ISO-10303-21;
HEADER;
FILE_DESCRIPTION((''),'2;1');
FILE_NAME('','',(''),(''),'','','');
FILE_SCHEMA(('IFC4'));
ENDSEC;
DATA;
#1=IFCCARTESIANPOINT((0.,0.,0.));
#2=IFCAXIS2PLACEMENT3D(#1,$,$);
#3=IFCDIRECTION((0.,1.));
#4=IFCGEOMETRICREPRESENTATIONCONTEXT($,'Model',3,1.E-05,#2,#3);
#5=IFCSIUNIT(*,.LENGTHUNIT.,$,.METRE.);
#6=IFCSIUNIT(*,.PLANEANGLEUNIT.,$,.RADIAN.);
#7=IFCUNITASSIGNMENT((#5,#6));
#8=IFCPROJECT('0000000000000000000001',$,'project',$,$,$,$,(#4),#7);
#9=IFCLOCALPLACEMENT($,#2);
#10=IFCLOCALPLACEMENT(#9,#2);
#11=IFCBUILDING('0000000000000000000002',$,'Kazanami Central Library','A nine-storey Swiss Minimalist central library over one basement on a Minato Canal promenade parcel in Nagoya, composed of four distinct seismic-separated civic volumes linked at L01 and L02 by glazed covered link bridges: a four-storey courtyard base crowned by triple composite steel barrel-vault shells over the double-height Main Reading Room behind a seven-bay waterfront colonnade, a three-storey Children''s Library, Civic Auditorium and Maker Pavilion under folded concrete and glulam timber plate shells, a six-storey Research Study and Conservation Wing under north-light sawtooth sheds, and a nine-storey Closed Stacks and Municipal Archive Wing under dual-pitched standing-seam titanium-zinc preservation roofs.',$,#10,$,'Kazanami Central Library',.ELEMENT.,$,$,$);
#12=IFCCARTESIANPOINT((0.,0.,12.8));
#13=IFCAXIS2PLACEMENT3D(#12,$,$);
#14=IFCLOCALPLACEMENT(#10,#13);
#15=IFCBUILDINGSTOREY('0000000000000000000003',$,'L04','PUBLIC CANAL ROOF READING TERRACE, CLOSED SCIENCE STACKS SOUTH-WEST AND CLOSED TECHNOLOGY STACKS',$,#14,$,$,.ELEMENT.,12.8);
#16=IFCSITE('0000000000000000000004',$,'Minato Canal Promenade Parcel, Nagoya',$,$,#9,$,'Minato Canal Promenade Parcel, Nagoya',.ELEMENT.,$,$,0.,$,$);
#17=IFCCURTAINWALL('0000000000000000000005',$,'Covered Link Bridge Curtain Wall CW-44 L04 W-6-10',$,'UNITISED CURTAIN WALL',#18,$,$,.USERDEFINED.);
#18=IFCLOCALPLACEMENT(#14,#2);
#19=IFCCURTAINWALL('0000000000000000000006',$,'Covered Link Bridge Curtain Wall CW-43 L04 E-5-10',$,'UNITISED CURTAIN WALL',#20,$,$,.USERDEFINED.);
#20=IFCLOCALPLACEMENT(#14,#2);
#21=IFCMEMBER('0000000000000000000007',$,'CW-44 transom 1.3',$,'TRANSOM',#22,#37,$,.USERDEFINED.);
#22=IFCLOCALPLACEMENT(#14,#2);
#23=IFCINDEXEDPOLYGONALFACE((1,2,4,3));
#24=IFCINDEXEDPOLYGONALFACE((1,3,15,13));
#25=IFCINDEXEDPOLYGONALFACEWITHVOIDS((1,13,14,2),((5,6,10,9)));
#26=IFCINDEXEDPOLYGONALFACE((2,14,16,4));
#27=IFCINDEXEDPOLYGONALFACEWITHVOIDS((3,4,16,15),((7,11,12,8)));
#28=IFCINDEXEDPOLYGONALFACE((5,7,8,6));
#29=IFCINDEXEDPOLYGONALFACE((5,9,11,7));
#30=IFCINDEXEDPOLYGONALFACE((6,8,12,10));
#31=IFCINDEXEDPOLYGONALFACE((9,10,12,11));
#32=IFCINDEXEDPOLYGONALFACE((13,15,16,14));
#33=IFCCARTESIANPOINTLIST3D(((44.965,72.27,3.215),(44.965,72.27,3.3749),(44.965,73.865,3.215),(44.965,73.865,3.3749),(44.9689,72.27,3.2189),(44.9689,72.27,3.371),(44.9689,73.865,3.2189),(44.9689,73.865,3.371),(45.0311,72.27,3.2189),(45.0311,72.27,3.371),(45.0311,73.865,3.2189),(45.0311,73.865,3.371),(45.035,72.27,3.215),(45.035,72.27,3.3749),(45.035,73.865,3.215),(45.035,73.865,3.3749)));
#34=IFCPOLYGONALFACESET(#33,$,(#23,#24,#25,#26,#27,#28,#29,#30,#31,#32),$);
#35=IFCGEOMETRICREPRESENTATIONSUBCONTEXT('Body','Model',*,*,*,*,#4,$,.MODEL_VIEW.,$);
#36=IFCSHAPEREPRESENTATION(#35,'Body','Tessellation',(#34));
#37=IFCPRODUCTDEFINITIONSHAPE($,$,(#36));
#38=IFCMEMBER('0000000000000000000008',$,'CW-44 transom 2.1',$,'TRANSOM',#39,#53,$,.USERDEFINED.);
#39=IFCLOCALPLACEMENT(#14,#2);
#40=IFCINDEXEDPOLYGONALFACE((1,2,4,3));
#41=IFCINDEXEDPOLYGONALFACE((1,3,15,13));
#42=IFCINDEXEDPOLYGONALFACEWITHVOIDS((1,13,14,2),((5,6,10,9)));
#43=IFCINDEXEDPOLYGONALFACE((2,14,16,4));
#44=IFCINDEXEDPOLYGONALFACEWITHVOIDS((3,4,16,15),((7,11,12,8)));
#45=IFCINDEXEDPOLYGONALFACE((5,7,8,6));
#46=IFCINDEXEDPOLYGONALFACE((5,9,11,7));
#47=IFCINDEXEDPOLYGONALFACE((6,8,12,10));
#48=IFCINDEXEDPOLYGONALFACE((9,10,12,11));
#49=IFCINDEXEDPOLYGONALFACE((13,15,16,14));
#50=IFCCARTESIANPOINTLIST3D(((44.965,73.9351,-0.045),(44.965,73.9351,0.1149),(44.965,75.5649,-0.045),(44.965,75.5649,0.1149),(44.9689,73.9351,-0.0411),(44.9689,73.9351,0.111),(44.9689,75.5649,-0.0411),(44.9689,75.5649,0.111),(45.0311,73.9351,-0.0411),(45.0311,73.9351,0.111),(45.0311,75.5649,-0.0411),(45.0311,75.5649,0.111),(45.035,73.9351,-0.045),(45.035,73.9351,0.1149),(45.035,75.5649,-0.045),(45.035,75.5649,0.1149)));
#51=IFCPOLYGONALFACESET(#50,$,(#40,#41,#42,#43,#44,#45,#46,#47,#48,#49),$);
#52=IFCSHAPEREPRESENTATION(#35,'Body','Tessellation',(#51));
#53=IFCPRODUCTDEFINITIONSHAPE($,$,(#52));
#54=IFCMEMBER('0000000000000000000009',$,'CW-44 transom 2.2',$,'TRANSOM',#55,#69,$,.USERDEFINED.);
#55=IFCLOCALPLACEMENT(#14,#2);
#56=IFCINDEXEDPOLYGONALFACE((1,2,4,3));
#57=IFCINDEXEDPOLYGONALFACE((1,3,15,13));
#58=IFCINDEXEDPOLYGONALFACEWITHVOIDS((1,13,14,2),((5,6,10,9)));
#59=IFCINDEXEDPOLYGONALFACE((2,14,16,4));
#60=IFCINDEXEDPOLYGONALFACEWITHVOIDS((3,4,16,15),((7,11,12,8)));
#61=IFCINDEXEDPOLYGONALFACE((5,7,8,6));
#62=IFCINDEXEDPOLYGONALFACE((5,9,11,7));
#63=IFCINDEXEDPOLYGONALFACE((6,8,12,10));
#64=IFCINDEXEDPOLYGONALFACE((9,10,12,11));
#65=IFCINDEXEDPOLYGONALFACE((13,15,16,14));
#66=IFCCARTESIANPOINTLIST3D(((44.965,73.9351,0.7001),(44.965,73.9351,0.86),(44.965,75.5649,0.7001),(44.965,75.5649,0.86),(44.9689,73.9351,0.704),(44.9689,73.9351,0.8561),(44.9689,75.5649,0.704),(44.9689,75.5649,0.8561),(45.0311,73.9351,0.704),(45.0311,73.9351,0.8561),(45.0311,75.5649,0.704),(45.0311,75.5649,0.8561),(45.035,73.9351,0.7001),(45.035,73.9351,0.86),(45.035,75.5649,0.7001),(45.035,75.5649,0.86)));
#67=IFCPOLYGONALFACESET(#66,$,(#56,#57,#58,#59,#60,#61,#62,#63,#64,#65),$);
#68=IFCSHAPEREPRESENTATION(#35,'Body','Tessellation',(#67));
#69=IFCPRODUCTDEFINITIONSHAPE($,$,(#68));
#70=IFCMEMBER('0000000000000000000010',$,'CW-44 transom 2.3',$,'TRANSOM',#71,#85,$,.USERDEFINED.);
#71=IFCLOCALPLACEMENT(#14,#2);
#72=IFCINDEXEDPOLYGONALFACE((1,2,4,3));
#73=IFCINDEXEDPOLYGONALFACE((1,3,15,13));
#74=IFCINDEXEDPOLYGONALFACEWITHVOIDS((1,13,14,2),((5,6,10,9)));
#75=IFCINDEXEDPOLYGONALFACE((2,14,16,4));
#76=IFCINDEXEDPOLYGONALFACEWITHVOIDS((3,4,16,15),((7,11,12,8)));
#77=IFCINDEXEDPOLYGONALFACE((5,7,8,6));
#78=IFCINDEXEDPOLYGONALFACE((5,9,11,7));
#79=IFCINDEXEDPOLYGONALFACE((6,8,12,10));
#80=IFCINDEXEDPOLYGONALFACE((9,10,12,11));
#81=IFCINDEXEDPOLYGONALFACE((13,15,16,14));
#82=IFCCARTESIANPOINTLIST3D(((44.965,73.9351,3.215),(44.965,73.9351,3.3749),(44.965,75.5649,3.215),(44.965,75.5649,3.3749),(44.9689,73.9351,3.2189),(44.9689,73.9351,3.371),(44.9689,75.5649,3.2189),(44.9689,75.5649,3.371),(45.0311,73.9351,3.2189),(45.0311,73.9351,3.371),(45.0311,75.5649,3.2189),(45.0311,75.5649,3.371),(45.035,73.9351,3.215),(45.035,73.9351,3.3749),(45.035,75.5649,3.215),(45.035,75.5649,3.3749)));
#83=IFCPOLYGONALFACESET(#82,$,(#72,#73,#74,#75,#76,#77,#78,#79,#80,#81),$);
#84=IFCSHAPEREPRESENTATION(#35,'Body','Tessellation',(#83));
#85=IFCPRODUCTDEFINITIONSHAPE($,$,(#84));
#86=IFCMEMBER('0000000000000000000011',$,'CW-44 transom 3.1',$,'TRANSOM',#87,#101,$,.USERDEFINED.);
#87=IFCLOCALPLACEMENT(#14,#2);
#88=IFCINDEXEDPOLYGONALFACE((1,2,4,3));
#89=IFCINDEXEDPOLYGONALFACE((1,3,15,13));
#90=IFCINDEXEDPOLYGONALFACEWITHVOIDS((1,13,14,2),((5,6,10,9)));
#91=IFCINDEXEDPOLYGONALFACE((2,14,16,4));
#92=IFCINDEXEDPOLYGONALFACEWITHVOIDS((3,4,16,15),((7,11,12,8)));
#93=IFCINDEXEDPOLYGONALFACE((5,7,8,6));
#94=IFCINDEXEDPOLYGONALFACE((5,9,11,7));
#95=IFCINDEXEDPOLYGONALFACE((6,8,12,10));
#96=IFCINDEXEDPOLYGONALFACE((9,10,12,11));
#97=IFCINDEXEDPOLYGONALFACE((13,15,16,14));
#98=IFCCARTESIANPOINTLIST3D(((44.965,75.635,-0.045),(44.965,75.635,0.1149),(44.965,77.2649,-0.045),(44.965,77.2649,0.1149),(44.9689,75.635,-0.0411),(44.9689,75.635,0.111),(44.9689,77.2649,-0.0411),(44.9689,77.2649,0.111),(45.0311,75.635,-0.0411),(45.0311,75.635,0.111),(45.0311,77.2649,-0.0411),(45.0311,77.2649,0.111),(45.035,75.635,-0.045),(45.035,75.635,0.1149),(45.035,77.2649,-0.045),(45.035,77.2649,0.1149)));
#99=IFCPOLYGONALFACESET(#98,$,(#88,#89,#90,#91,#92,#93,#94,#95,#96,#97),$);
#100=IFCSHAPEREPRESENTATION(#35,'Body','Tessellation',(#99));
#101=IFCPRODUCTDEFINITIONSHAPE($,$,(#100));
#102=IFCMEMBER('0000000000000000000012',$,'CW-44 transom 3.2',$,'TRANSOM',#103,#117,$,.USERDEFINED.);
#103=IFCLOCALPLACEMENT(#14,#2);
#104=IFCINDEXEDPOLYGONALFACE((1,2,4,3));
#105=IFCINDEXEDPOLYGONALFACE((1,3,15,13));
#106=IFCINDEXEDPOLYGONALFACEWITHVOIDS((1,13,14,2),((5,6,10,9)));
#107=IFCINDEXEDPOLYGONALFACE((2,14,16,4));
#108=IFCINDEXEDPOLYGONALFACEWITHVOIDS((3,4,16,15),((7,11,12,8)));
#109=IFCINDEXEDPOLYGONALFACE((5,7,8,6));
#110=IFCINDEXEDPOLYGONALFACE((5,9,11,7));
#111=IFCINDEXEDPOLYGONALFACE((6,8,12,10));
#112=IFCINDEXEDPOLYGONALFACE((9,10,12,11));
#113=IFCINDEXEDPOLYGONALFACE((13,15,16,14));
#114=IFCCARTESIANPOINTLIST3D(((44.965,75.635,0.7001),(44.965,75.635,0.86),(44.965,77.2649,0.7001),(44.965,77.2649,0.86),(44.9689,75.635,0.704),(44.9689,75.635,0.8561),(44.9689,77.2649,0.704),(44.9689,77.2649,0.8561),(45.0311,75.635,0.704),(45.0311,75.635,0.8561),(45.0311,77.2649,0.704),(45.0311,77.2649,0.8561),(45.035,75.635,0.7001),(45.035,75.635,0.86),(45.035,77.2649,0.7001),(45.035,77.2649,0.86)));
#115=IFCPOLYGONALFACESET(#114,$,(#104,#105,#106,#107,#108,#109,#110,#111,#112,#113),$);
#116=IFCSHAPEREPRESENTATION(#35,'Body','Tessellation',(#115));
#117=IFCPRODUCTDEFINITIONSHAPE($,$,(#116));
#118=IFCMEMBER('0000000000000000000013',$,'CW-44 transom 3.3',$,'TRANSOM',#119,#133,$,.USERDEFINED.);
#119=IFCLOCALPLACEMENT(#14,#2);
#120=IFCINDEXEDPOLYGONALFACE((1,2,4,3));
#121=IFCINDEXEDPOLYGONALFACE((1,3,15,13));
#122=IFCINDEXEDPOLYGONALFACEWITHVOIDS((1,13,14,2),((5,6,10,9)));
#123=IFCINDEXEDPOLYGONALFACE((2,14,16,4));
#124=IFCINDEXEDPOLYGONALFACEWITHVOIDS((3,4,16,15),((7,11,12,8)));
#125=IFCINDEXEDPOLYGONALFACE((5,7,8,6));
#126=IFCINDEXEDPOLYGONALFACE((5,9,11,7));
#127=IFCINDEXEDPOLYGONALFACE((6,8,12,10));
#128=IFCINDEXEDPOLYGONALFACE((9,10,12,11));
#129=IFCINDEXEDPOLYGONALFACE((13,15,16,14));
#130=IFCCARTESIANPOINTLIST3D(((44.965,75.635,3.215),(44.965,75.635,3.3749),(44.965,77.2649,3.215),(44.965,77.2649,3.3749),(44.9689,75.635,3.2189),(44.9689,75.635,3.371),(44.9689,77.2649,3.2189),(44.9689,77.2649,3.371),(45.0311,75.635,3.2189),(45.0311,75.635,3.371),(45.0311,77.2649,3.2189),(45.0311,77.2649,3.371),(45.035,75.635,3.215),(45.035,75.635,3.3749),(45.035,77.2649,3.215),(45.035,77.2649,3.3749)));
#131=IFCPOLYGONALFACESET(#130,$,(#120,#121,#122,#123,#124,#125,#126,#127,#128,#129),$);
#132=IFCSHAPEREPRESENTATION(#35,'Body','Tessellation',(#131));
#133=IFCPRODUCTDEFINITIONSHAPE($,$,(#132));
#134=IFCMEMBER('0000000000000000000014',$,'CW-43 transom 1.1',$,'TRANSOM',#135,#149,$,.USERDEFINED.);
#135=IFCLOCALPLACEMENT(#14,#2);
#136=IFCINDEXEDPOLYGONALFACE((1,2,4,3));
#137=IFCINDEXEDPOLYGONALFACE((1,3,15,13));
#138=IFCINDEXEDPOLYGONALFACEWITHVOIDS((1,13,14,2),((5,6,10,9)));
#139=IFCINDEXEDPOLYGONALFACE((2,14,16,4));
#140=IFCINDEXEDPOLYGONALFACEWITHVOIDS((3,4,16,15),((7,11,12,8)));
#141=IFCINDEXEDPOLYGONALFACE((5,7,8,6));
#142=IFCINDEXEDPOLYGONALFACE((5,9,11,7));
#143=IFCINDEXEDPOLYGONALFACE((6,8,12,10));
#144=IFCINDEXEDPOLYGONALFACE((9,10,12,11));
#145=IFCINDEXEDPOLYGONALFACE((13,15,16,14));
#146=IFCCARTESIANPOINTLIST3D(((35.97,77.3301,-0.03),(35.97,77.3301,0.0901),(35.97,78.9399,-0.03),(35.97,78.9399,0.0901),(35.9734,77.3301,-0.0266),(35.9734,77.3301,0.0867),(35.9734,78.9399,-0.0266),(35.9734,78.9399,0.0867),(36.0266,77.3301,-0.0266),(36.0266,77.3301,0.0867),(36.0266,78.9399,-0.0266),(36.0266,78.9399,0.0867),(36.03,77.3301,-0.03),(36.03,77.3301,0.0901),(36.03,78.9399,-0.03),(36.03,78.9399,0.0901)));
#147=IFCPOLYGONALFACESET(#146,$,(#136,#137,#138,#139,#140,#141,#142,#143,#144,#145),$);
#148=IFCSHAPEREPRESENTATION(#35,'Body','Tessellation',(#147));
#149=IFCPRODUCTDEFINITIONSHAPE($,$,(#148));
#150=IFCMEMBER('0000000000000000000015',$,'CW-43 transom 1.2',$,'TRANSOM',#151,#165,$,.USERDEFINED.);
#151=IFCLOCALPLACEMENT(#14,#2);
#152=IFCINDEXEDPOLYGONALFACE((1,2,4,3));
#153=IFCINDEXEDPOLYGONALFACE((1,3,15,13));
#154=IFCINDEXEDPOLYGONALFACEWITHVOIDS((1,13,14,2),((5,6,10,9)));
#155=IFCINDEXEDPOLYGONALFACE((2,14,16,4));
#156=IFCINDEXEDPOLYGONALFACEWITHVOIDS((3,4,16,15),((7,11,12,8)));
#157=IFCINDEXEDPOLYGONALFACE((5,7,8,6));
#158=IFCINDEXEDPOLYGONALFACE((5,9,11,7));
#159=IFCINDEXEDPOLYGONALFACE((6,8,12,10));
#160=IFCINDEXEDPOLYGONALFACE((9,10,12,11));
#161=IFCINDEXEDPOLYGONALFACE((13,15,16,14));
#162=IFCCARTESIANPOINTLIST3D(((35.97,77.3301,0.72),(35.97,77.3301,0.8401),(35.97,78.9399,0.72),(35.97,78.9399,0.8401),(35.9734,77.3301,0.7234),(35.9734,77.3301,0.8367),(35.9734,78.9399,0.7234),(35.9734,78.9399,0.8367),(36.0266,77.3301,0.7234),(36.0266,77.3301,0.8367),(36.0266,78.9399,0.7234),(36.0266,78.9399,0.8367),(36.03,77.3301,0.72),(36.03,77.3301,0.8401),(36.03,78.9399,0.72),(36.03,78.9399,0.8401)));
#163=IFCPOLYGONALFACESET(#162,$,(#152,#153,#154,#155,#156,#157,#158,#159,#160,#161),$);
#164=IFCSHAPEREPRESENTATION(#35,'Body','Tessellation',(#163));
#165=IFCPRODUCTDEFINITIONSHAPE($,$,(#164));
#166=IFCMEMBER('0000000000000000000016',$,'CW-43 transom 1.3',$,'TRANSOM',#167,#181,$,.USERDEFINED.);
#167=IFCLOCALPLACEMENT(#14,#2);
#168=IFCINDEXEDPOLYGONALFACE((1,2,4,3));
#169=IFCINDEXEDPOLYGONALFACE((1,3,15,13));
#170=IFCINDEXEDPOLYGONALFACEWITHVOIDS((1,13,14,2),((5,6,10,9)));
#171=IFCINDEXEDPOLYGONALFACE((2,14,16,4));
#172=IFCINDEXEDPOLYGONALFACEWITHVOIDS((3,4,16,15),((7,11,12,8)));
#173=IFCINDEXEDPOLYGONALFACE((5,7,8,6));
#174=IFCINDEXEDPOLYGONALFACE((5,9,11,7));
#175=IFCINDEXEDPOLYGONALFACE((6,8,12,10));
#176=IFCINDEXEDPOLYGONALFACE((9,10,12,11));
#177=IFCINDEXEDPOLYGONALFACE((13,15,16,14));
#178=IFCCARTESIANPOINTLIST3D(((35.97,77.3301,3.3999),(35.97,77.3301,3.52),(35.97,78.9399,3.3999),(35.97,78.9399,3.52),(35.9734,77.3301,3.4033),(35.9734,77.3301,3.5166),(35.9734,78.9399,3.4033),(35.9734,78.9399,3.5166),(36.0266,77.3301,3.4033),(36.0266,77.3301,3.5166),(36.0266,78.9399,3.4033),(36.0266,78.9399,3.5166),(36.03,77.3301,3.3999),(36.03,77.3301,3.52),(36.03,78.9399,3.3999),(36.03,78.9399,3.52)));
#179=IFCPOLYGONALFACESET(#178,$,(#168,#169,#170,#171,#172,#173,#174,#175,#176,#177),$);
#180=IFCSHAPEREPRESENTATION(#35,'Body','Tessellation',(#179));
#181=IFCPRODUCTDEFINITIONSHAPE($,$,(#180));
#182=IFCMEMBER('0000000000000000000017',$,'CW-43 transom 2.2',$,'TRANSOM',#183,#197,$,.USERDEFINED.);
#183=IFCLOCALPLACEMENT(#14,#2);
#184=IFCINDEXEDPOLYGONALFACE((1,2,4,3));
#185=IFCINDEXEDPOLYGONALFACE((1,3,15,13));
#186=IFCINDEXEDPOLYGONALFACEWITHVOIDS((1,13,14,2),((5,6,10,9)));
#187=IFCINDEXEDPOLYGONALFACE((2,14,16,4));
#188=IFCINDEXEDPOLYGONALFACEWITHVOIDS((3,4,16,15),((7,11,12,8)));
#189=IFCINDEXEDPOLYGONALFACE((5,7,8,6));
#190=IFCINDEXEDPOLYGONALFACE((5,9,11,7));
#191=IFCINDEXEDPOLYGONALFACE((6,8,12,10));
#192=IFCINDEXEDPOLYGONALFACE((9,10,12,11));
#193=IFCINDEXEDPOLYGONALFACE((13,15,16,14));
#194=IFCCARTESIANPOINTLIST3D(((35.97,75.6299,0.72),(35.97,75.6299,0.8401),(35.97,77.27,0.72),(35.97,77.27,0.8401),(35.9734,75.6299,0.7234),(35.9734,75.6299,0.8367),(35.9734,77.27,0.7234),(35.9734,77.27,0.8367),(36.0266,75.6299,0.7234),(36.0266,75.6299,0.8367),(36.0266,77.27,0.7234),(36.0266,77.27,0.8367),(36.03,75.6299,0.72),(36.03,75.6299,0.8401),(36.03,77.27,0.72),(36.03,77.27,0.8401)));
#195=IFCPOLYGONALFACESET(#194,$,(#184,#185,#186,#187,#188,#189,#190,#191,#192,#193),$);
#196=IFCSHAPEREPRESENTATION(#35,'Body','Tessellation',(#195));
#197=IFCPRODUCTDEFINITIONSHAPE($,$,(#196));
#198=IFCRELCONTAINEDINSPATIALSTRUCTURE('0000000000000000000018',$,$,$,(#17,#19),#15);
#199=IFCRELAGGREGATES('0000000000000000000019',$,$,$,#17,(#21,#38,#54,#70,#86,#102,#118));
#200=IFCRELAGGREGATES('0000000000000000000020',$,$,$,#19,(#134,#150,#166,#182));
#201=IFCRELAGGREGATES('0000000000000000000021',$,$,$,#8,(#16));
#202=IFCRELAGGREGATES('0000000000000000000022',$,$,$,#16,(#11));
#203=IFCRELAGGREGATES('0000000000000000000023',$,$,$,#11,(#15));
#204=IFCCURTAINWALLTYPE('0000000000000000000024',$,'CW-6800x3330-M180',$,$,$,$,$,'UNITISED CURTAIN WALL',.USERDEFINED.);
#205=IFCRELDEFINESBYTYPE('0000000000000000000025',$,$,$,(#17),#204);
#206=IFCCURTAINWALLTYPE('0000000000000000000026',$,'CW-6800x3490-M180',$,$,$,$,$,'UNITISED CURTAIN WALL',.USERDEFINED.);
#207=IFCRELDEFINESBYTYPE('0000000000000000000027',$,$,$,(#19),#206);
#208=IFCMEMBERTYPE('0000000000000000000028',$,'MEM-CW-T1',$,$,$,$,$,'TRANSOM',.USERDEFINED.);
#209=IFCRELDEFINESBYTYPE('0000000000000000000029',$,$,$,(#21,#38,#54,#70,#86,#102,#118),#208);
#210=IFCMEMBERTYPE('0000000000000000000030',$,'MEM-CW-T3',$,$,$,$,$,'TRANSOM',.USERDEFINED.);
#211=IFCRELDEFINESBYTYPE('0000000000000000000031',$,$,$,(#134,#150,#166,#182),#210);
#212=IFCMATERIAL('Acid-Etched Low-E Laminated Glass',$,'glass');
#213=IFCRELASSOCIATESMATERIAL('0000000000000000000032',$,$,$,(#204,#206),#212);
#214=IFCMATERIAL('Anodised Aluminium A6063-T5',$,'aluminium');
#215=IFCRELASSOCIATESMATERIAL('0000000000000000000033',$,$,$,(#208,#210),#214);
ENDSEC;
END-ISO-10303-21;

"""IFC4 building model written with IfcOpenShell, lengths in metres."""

from ifc_helpers import new_model, si_unit, direction, frame, origin, origin_2d, place, context, subcontext, project, spatial, hollow_rectangle, extrude, material, material_profile, profile_set, type_object, element, aggregate, save


model = new_model("IFC4")

# Units and contexts
model_context = context("Model", 3, precision=1e-05, world=origin(), true_north=direction((0.0, 1.0)))
body_context = subcontext(model_context, "Body", "Model", "MODEL_VIEW")
ifc_project = project(units=[si_unit("LENGTHUNIT", "METRE"), si_unit("PLANEANGLEUNIT", "RADIAN")], contexts=[model_context])

# Site, building, storey
site_placement = place(None, origin())
site = spatial("IfcSite", under=ifc_project, at=site_placement, Name="Minato Canal Promenade Parcel, Nagoya", LongName="Minato Canal Promenade Parcel, Nagoya", CompositionType="ELEMENT", RefElevation=0.0)
building_placement = place(site_placement, origin())
building = spatial("IfcBuilding", under=site, at=building_placement, Name="Kazanami Central Library", Description="A nine-storey Swiss Minimalist central library over one basement on a Minato Canal promenade parcel in Nagoya, composed of four distinct seismic-separated civic volumes linked at L01 and L02 by glazed covered link bridges: a four-storey courtyard base crowned by triple composite steel barrel-vault shells over the double-height Main Reading Room behind a seven-bay waterfront colonnade, a three-storey Children's Library, Civic Auditorium and Maker Pavilion under folded concrete and glulam timber plate shells, a six-storey Research Study and Conservation Wing under north-light sawtooth sheds, and a nine-storey Closed Stacks and Municipal Archive Wing under dual-pitched standing-seam titanium-zinc preservation roofs.", LongName="Kazanami Central Library", CompositionType="ELEMENT")
storey_placement = place(building_placement, frame((0.0, 0.0, 12.8)))
storey = spatial("IfcBuildingStorey", under=building, at=storey_placement, Name="L04", Description="PUBLIC CANAL ROOF READING TERRACE, CLOSED SCIENCE STACKS SOUTH-WEST AND CLOSED TECHNOLOGY STACKS", CompositionType="ELEMENT", Elevation=12.8)

# Curtain walls
ifc_material_1 = material(Name="Acid-Etched Low-E Laminated Glass", Category="glass")
curtain_wall_type_1 = type_object("IfcCurtainWallType", Name="CW-6800x3330-M180", ElementType="UNITISED CURTAIN WALL", PredefinedType="USERDEFINED", material=ifc_material_1)
curtain_wall_1_placement = place(storey_placement, origin())
curtain_wall_1 = element("IfcCurtainWall", 1, at=curtain_wall_1_placement, inside=storey, type_object=curtain_wall_type_1, Name="Covered Link Bridge Curtain Wall CW-44 L04 W-6-10", ObjectType="UNITISED CURTAIN WALL", PredefinedType="USERDEFINED")
ifc_material_2 = material(Name="Anodised Aluminium A6063-T5", Category="aluminium")
curtain_wall_type_2 = type_object("IfcCurtainWallType", Name="CW-6800x3490-M180", ElementType="UNITISED CURTAIN WALL", PredefinedType="USERDEFINED", material=ifc_material_1)
curtain_wall_2_placement = place(storey_placement, origin())
curtain_wall_2 = element("IfcCurtainWall", 2, at=curtain_wall_2_placement, inside=storey, type_object=curtain_wall_type_2, Name="Covered Link Bridge Curtain Wall CW-43 L04 E-5-10", ObjectType="UNITISED CURTAIN WALL", PredefinedType="USERDEFINED")

# Members
ifc_material_profile_1 = material_profile(ifc_material_2, hollow_rectangle(XDim=0.0701, YDim=0.1599, WallThickness=0.0039, at=origin_2d()), Name="ALU-TRAN-70x160x4")
ifc_profile_set_1 = profile_set([ifc_material_profile_1], Name="Anodised Aluminium A6063-T5")
member_type_1 = type_object("IfcMemberType", Name="MEM-CW-T1", ElementType="TRANSOM", PredefinedType="USERDEFINED", material=ifc_profile_set_1)
member_1_placement = place(storey_placement, frame((45.0, 72.27, 3.2949), z_axis=(0.0, 1.0, 0.0), x_axis=(-1.0, 0.0, 0.0)))
member_1 = element("IfcMember", 3, at=member_1_placement, type_object=member_type_1, Name="CW-44 transom 1.3", ObjectType="TRANSOM", PredefinedType="USERDEFINED", context=body_context, shape_type="SweptSolid", body=[
    extrude(hollow_rectangle(XDim=0.0701, YDim=0.1599, WallThickness=0.0039, at=origin_2d()), origin(), (0.0, 0.0, 1.0), 1.595),
])
member_2_placement = place(storey_placement, frame((45.0, 73.9351, 0.0349), z_axis=(0.0, 1.0, 0.0), x_axis=(-1.0, 0.0, 0.0)))
member_2 = element("IfcMember", 4, at=member_2_placement, type_object=member_type_1, Name="CW-44 transom 2.1", ObjectType="TRANSOM", PredefinedType="USERDEFINED", context=body_context, shape_type="SweptSolid", body=[
    extrude(hollow_rectangle(XDim=0.0701, YDim=0.1599, WallThickness=0.0039, at=origin_2d()), origin(), (0.0, 0.0, 1.0), 1.6299),
])
member_3_placement = place(storey_placement, frame((45.0, 73.9351, 0.78), z_axis=(0.0, 1.0, 0.0), x_axis=(-1.0, 0.0, 0.0)))
member_3 = element("IfcMember", 5, at=member_3_placement, type_object=member_type_1, Name="CW-44 transom 2.2", ObjectType="TRANSOM", PredefinedType="USERDEFINED", context=body_context, shape_type="SweptSolid", body=[
    extrude(hollow_rectangle(XDim=0.0701, YDim=0.1599, WallThickness=0.0039, at=origin_2d()), origin(), (0.0, 0.0, 1.0), 1.6299),
])
member_4_placement = place(storey_placement, frame((45.0, 73.9351, 3.2949), z_axis=(0.0, 1.0, 0.0), x_axis=(-1.0, 0.0, 0.0)))
member_4 = element("IfcMember", 6, at=member_4_placement, type_object=member_type_1, Name="CW-44 transom 2.3", ObjectType="TRANSOM", PredefinedType="USERDEFINED", context=body_context, shape_type="SweptSolid", body=[
    extrude(hollow_rectangle(XDim=0.0701, YDim=0.1599, WallThickness=0.0039, at=origin_2d()), origin(), (0.0, 0.0, 1.0), 1.6299),
])
member_5_placement = place(storey_placement, frame((45.0, 75.635, 0.0349), z_axis=(0.0, 1.0, 0.0), x_axis=(-1.0, 0.0, 0.0)))
member_5 = element("IfcMember", 7, at=member_5_placement, type_object=member_type_1, Name="CW-44 transom 3.1", ObjectType="TRANSOM", PredefinedType="USERDEFINED", context=body_context, shape_type="SweptSolid", body=[
    extrude(hollow_rectangle(XDim=0.0701, YDim=0.1599, WallThickness=0.0039, at=origin_2d()), origin(), (0.0, 0.0, 1.0), 1.6299),
])
member_6_placement = place(storey_placement, frame((45.0, 75.635, 0.78), z_axis=(0.0, 1.0, 0.0), x_axis=(-1.0, 0.0, 0.0)))
member_6 = element("IfcMember", 8, at=member_6_placement, type_object=member_type_1, Name="CW-44 transom 3.2", ObjectType="TRANSOM", PredefinedType="USERDEFINED", context=body_context, shape_type="SweptSolid", body=[
    extrude(hollow_rectangle(XDim=0.0701, YDim=0.1599, WallThickness=0.0039, at=origin_2d()), origin(), (0.0, 0.0, 1.0), 1.6299),
])
member_7_placement = place(storey_placement, frame((45.0, 75.635, 3.2949), z_axis=(0.0, 1.0, 0.0), x_axis=(-1.0, 0.0, 0.0)))
member_7 = element("IfcMember", 9, at=member_7_placement, type_object=member_type_1, Name="CW-44 transom 3.3", ObjectType="TRANSOM", PredefinedType="USERDEFINED", context=body_context, shape_type="SweptSolid", body=[
    extrude(hollow_rectangle(XDim=0.0701, YDim=0.1599, WallThickness=0.0039, at=origin_2d()), origin(), (0.0, 0.0, 1.0), 1.6299),
])
ifc_material_profile_2 = material_profile(ifc_material_2, hollow_rectangle(XDim=0.0601, YDim=0.1201, WallThickness=0.0034, at=origin_2d()), Name="ALU-TRAN-60x120x3.5")
ifc_profile_set_2 = profile_set([ifc_material_profile_2], Name="Anodised Aluminium A6063-T5")
member_type_2 = type_object("IfcMemberType", Name="MEM-CW-T3", ElementType="TRANSOM", PredefinedType="USERDEFINED", material=ifc_profile_set_2)
member_8_placement = place(storey_placement, frame((36.0, 78.9399, 0.03), z_axis=(0.0, -1.0, 0.0), x_axis=(1.0, 0.0, 0.0)))
member_8 = element("IfcMember", 10, at=member_8_placement, type_object=member_type_2, Name="CW-43 transom 1.1", ObjectType="TRANSOM", PredefinedType="USERDEFINED", context=body_context, shape_type="SweptSolid", body=[
    extrude(hollow_rectangle(XDim=0.0601, YDim=0.1201, WallThickness=0.0034, at=origin_2d()), origin(), (0.0, 0.0, 1.0), 1.6099),
])
member_9_placement = place(storey_placement, frame((36.0, 78.9399, 0.78), z_axis=(0.0, -1.0, 0.0), x_axis=(1.0, 0.0, 0.0)))
member_9 = element("IfcMember", 11, at=member_9_placement, type_object=member_type_2, Name="CW-43 transom 1.2", ObjectType="TRANSOM", PredefinedType="USERDEFINED", context=body_context, shape_type="SweptSolid", body=[
    extrude(hollow_rectangle(XDim=0.0601, YDim=0.1201, WallThickness=0.0034, at=origin_2d()), origin(), (0.0, 0.0, 1.0), 1.6099),
])
member_10_placement = place(storey_placement, frame((36.0, 78.9399, 3.46), z_axis=(0.0, -1.0, 0.0), x_axis=(1.0, 0.0, 0.0)))
member_10 = element("IfcMember", 12, at=member_10_placement, type_object=member_type_2, Name="CW-43 transom 1.3", ObjectType="TRANSOM", PredefinedType="USERDEFINED", context=body_context, shape_type="SweptSolid", body=[
    extrude(hollow_rectangle(XDim=0.0601, YDim=0.1201, WallThickness=0.0034, at=origin_2d()), origin(), (0.0, 0.0, 1.0), 1.6099),
])
member_11_placement = place(storey_placement, frame((36.0, 77.27, 0.78), z_axis=(0.0, -1.0, 0.0), x_axis=(1.0, 0.0, 0.0)))
member_11 = element("IfcMember", 13, at=member_11_placement, type_object=member_type_2, Name="CW-43 transom 2.2", ObjectType="TRANSOM", PredefinedType="USERDEFINED", context=body_context, shape_type="SweptSolid", body=[
    extrude(hollow_rectangle(XDim=0.0601, YDim=0.1201, WallThickness=0.0034, at=origin_2d()), origin(), (0.0, 0.0, 1.0), 1.6401),
])

aggregate(curtain_wall_1, [member_1, member_2, member_3, member_4, member_5, member_6, member_7])
aggregate(curtain_wall_2, [member_8, member_9, member_10, member_11])

save(model, "model.ifc")
